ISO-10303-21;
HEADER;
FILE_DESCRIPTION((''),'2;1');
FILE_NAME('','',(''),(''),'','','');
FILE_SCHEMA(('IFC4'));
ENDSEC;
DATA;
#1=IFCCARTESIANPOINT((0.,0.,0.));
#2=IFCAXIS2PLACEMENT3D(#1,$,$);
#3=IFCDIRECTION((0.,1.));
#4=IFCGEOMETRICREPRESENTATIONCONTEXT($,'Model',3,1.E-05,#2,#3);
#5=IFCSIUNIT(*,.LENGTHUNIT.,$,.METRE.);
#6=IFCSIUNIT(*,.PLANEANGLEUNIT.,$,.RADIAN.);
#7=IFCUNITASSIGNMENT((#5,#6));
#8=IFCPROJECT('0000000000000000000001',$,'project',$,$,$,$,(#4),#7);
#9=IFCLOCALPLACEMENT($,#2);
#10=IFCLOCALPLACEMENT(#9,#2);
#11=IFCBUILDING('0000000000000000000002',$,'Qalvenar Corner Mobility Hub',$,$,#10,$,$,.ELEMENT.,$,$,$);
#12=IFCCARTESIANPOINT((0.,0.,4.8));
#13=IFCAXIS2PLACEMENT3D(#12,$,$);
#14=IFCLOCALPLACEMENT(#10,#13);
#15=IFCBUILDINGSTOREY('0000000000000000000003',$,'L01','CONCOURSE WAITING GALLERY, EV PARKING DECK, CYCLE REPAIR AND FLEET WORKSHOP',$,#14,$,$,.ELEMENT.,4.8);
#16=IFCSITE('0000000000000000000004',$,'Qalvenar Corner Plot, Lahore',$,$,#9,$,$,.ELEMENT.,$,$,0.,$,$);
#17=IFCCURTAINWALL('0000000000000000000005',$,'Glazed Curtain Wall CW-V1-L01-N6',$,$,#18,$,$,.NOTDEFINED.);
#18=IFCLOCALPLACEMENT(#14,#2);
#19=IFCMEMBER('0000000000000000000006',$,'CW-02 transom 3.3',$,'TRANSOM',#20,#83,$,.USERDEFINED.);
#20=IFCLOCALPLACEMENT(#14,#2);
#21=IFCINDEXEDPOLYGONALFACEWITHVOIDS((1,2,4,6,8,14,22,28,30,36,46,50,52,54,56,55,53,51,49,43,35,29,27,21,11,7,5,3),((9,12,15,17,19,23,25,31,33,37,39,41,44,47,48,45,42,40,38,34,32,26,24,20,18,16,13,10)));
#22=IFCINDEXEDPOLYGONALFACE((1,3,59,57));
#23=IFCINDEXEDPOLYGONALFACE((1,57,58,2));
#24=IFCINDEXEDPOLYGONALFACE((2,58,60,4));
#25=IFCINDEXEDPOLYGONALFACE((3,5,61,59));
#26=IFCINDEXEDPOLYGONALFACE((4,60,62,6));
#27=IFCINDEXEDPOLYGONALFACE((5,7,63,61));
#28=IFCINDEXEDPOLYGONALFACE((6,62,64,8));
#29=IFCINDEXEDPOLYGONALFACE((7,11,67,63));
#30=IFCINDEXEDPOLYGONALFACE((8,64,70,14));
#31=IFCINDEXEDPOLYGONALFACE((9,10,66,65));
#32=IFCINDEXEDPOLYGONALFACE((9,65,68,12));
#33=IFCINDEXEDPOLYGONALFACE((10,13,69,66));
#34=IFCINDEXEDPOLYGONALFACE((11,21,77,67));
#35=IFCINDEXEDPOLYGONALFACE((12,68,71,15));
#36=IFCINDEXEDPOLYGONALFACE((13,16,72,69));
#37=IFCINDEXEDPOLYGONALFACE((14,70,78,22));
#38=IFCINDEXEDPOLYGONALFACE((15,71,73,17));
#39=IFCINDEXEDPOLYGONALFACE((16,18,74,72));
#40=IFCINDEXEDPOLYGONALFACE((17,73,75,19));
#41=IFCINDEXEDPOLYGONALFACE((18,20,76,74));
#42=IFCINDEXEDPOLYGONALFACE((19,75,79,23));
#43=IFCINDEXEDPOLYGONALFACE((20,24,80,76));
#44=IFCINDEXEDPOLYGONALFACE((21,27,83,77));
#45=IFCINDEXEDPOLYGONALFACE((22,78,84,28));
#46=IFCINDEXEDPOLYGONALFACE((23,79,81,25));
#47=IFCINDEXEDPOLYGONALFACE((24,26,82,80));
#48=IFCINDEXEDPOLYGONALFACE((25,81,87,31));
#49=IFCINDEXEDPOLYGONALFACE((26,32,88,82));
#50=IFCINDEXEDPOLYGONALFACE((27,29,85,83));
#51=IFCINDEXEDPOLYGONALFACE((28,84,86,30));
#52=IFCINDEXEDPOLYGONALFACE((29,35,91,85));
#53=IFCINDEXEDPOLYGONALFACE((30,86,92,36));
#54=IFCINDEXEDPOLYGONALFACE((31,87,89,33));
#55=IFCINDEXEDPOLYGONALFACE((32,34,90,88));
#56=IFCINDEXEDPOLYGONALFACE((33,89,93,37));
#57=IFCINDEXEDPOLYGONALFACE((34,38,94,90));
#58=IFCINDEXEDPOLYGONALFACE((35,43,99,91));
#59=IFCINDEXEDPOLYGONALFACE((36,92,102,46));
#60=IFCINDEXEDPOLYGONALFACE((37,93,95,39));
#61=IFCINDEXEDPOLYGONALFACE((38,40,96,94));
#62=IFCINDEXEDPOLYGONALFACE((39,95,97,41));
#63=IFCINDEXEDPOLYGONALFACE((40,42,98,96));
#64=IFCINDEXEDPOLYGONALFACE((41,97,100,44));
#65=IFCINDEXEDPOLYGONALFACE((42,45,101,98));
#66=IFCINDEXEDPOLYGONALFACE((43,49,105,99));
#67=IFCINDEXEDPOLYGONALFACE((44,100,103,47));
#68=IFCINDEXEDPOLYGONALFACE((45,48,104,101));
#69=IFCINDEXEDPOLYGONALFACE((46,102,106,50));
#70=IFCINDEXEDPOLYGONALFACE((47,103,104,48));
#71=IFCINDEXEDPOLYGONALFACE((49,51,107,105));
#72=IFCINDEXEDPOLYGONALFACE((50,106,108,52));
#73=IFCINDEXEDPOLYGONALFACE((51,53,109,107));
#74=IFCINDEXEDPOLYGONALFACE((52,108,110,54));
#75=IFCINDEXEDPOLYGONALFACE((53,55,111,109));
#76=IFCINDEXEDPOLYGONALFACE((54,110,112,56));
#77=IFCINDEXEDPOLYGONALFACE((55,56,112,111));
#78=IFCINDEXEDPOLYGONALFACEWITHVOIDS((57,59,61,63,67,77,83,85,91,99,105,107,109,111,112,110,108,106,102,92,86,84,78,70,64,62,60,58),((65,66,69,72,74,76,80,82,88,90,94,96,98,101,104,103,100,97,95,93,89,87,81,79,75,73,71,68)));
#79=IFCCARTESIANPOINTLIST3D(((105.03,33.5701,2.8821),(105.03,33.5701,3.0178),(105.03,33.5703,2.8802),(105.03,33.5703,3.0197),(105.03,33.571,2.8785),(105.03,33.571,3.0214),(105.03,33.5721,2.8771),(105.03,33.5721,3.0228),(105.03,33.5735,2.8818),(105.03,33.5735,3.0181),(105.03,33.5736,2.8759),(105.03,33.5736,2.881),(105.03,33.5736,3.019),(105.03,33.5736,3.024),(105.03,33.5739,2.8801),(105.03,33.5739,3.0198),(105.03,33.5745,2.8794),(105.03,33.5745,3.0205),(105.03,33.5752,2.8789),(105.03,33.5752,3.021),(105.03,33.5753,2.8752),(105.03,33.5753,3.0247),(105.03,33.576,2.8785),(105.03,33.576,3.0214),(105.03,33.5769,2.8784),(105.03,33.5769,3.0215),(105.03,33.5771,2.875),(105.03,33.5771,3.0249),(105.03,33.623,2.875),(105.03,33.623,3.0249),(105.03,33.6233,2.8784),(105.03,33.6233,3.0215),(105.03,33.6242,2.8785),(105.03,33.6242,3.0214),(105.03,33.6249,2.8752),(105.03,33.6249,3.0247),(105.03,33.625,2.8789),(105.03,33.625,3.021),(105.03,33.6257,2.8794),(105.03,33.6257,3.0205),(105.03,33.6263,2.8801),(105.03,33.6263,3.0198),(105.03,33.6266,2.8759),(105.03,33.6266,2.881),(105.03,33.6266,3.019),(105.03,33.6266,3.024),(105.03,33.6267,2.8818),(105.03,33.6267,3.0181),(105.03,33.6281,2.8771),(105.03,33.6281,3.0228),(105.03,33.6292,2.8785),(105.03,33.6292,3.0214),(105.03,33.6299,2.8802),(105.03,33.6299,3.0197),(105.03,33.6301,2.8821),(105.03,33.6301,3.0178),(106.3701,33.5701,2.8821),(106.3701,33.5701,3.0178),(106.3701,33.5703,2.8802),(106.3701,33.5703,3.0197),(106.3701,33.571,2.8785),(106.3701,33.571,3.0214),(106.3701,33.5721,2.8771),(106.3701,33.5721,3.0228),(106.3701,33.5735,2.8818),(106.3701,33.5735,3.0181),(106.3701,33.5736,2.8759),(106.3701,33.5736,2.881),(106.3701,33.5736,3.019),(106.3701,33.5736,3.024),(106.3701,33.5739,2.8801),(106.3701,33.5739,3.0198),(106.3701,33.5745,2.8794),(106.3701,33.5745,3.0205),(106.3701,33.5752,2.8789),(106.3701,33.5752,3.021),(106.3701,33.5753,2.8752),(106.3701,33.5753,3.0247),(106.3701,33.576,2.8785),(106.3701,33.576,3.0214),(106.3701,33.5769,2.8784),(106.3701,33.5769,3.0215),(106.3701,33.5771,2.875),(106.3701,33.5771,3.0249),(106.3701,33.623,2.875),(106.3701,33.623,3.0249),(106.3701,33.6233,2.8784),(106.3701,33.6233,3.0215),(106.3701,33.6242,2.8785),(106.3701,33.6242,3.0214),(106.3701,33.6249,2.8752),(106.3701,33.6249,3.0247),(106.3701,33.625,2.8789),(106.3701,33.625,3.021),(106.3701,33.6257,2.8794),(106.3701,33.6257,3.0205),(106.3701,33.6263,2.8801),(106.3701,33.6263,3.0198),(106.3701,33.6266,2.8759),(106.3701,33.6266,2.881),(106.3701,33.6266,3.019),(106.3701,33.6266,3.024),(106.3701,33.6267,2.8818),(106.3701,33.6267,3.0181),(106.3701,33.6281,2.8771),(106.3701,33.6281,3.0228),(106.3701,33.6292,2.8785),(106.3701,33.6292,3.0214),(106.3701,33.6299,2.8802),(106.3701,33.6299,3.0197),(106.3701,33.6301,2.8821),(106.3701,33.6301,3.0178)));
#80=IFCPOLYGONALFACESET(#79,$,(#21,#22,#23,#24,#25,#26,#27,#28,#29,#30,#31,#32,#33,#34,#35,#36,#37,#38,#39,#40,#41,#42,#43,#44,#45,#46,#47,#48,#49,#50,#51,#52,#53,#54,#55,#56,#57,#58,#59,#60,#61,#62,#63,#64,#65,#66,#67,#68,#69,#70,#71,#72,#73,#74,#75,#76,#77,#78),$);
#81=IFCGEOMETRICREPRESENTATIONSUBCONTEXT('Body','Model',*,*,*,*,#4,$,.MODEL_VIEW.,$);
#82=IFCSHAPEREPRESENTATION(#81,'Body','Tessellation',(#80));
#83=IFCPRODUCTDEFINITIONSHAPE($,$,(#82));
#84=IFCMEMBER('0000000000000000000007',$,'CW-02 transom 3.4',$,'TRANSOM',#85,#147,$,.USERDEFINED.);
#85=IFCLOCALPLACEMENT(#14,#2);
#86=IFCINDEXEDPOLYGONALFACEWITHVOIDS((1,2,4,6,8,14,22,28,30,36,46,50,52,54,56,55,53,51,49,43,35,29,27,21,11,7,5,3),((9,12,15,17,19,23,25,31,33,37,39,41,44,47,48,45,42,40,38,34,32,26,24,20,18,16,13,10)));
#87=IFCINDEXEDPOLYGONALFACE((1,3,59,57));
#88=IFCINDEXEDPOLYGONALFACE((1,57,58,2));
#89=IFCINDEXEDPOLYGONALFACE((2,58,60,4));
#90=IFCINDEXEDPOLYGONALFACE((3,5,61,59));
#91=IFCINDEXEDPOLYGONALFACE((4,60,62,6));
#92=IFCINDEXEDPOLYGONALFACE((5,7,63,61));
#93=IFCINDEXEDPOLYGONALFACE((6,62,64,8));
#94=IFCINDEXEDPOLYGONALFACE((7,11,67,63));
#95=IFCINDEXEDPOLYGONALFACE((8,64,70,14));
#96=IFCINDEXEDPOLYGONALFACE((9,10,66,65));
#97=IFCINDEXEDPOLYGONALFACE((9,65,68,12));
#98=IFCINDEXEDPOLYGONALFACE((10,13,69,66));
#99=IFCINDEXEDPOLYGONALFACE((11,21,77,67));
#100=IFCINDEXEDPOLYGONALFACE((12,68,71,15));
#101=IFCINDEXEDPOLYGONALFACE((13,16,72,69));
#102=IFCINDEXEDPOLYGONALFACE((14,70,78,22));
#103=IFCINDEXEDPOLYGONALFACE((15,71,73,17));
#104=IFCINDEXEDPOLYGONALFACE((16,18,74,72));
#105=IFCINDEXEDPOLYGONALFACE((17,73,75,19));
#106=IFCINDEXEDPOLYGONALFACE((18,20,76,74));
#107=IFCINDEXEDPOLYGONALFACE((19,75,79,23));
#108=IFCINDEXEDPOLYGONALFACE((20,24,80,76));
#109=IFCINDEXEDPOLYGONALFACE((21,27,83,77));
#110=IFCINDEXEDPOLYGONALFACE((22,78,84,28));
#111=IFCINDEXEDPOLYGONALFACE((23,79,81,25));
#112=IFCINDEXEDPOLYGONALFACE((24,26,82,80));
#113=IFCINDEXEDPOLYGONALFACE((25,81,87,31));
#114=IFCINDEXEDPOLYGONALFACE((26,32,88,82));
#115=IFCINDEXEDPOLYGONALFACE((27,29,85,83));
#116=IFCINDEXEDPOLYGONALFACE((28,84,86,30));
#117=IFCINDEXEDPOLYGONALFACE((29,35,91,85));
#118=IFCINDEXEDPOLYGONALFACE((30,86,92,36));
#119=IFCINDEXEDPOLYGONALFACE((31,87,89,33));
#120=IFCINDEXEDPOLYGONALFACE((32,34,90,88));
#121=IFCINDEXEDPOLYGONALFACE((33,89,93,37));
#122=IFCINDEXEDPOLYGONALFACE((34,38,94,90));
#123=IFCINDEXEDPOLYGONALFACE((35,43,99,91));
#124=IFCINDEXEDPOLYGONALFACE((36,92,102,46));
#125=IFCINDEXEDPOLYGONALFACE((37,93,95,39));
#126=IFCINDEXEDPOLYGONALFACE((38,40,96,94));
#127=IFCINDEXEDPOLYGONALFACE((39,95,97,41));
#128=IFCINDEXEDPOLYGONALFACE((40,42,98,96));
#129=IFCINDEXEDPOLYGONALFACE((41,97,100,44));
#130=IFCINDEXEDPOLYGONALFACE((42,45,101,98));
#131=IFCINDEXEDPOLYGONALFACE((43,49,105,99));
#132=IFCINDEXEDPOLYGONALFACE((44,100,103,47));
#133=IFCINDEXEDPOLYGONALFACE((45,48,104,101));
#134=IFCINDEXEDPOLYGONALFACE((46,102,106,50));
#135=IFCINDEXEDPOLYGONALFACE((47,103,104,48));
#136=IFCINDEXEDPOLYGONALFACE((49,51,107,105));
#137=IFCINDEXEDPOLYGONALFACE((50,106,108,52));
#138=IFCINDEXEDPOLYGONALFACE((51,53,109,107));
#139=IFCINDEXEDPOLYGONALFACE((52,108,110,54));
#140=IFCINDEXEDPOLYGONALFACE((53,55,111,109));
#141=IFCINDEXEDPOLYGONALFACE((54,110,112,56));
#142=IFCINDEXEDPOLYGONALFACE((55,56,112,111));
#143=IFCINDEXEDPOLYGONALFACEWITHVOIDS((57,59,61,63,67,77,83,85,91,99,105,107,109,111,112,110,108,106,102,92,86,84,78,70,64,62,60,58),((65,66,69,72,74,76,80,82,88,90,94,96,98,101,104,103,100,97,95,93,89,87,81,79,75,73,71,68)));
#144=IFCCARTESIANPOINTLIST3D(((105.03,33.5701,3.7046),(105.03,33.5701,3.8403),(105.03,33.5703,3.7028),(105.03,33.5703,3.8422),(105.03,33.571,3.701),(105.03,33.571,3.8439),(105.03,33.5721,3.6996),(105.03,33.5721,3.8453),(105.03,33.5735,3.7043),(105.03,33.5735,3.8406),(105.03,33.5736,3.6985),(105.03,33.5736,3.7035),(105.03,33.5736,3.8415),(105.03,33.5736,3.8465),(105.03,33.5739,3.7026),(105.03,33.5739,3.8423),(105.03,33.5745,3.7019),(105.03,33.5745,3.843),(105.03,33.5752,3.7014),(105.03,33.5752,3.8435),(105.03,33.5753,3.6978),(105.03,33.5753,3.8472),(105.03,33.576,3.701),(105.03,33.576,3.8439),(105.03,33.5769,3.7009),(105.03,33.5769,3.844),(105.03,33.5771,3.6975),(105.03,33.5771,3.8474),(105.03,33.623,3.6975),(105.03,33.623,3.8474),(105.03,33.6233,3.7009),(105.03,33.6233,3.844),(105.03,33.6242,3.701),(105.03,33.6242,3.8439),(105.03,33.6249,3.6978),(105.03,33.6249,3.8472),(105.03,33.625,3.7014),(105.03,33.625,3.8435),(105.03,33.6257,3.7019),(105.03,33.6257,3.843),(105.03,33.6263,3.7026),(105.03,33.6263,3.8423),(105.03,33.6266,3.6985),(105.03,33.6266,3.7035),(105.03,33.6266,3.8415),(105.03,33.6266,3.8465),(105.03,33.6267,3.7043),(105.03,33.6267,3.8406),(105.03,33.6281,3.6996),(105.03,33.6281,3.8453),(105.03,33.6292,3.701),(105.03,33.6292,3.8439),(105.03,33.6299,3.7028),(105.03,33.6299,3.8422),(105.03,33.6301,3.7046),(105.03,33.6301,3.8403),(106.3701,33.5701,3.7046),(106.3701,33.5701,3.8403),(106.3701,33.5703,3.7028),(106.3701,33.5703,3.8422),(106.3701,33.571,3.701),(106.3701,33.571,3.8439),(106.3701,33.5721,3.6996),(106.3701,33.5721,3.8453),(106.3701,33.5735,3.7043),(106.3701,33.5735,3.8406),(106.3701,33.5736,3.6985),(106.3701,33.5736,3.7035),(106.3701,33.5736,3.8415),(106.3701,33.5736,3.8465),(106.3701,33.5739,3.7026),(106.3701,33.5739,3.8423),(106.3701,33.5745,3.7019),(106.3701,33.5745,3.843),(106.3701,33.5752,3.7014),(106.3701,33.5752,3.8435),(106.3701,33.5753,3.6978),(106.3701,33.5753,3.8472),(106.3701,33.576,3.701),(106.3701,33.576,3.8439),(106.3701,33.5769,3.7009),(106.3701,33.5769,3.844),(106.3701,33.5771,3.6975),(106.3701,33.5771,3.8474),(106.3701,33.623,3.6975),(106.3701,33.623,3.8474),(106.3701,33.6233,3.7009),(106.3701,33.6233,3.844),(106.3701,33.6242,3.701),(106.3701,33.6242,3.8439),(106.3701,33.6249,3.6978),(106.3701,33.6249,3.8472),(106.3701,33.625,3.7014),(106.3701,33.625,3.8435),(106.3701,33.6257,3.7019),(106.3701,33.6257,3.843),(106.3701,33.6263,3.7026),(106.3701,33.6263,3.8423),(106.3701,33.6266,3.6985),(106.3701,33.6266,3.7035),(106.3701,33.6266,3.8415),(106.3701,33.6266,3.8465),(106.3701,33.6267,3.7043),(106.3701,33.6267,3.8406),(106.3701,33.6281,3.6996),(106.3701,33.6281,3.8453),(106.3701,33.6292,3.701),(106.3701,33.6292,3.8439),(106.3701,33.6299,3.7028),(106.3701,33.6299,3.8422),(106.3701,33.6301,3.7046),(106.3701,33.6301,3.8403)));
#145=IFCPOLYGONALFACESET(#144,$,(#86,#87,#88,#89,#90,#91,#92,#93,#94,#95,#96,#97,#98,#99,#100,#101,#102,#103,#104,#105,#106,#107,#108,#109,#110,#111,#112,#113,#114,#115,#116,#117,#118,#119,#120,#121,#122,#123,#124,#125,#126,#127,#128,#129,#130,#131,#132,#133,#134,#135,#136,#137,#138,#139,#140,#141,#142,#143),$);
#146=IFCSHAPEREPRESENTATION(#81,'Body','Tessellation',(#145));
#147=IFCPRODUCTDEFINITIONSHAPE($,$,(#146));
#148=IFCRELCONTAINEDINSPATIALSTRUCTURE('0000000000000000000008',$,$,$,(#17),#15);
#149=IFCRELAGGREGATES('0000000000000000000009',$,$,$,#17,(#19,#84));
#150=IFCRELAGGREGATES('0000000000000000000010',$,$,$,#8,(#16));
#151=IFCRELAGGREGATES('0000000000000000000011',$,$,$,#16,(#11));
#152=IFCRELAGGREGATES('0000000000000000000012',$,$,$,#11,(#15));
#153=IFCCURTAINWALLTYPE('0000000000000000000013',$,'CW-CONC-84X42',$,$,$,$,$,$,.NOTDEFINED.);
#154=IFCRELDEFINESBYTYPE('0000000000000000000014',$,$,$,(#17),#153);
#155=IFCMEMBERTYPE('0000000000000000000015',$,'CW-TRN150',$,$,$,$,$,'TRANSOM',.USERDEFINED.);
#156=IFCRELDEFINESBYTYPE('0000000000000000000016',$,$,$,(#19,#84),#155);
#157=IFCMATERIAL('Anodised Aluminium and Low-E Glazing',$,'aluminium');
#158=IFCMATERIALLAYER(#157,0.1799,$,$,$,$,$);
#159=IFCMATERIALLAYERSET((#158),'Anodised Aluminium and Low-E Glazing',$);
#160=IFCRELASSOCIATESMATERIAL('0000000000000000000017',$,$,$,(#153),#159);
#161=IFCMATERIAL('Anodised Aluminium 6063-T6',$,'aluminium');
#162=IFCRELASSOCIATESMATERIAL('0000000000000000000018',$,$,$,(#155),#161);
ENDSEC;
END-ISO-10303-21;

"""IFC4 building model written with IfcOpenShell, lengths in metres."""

from ifc_helpers import new_model, si_unit, direction, frame, origin, origin_2d, place, context, subcontext, project, spatial, hollow_rectangle, extrude, material, layer, layer_set, material_profile, profile_set, type_object, element, aggregate, save


model = new_model("IFC4")

# Units and contexts
model_context = context("Model", 3, precision=1e-05, world=origin(), true_north=direction((0.0, 1.0)))
body_context = subcontext(model_context, "Body", "Model", "MODEL_VIEW")
ifc_project = project(units=[si_unit("LENGTHUNIT", "METRE"), si_unit("PLANEANGLEUNIT", "RADIAN")], contexts=[model_context])

# Site, building, storey
site_placement = place(None, origin())
site = spatial("IfcSite", under=ifc_project, at=site_placement, Name="Qalvenar Corner Plot, Lahore", CompositionType="ELEMENT", RefElevation=0.0)
building_placement = place(site_placement, origin())
building = spatial("IfcBuilding", under=site, at=building_placement, Name="Qalvenar Corner Mobility Hub", CompositionType="ELEMENT")
storey_placement = place(building_placement, frame((0.0, 0.0, 4.8)))
storey = spatial("IfcBuildingStorey", under=building, at=storey_placement, Name="L01", Description="CONCOURSE WAITING GALLERY, EV PARKING DECK, CYCLE REPAIR AND FLEET WORKSHOP", CompositionType="ELEMENT", Elevation=4.8)

# Curtain wall, members
ifc_material_1 = material(Name="Anodised Aluminium and Low-E Glazing", Category="aluminium")
ifc_layer_1 = layer(ifc_material_1, 0.1799)
ifc_layer_set_1 = layer_set([ifc_layer_1], Name="Anodised Aluminium and Low-E Glazing")
curtain_wall_type = type_object("IfcCurtainWallType", Name="CW-CONC-84X42", PredefinedType="NOTDEFINED", material=ifc_layer_set_1)
curtain_wall_placement = place(storey_placement, origin())
curtain_wall = element("IfcCurtainWall", 1, at=curtain_wall_placement, inside=storey, type_object=curtain_wall_type, Name="Glazed Curtain Wall CW-V1-L01-N6", PredefinedType="NOTDEFINED")
ifc_material_2 = material(Name="Anodised Aluminium 6063-T6", Category="aluminium")
ifc_material_profile_1 = material_profile(ifc_material_2, hollow_rectangle(XDim=0.0601, YDim=0.1499, WallThickness=0.0034, InnerFilletRadius=0.0034, OuterFilletRadius=0.0071, at=origin_2d()), Name="RHS150x60x3.5")
ifc_profile_set_1 = profile_set([ifc_material_profile_1], Name="Anodised Aluminium 6063-T6")
member_type_1 = type_object("IfcMemberType", Name="CW-TRN150", ElementType="TRANSOM", PredefinedType="USERDEFINED", material=ifc_profile_set_1)
member_1_placement = place(storey_placement, frame((106.3701, 33.6001, 2.95), z_axis=(-1.0, 0.0, 0.0), x_axis=(0.0, -1.0, 0.0)))
member_1 = element("IfcMember", 2, at=member_1_placement, type_object=member_type_1, Name="CW-02 transom 3.3", ObjectType="TRANSOM", PredefinedType="USERDEFINED", context=body_context, shape_type="SweptSolid", body=[
    extrude(hollow_rectangle(XDim=0.0601, YDim=0.1499, WallThickness=0.0034, InnerFilletRadius=0.0034, OuterFilletRadius=0.0071, at=origin_2d()), origin(), (0.0, 0.0, 1.0), 1.3401),
])
member_2_placement = place(storey_placement, frame((106.3701, 33.6001, 3.7725), z_axis=(-1.0, 0.0, 0.0), x_axis=(0.0, -1.0, 0.0)))
member_2 = element("IfcMember", 3, at=member_2_placement, type_object=member_type_1, Name="CW-02 transom 3.4", ObjectType="TRANSOM", PredefinedType="USERDEFINED", context=body_context, shape_type="SweptSolid", body=[
    extrude(hollow_rectangle(XDim=0.0601, YDim=0.1499, WallThickness=0.0034, InnerFilletRadius=0.0034, OuterFilletRadius=0.0071, at=origin_2d()), origin(), (0.0, 0.0, 1.0), 1.3401),
])
aggregate(curtain_wall, [member_1, member_2])

save(model, "model.ifc")
